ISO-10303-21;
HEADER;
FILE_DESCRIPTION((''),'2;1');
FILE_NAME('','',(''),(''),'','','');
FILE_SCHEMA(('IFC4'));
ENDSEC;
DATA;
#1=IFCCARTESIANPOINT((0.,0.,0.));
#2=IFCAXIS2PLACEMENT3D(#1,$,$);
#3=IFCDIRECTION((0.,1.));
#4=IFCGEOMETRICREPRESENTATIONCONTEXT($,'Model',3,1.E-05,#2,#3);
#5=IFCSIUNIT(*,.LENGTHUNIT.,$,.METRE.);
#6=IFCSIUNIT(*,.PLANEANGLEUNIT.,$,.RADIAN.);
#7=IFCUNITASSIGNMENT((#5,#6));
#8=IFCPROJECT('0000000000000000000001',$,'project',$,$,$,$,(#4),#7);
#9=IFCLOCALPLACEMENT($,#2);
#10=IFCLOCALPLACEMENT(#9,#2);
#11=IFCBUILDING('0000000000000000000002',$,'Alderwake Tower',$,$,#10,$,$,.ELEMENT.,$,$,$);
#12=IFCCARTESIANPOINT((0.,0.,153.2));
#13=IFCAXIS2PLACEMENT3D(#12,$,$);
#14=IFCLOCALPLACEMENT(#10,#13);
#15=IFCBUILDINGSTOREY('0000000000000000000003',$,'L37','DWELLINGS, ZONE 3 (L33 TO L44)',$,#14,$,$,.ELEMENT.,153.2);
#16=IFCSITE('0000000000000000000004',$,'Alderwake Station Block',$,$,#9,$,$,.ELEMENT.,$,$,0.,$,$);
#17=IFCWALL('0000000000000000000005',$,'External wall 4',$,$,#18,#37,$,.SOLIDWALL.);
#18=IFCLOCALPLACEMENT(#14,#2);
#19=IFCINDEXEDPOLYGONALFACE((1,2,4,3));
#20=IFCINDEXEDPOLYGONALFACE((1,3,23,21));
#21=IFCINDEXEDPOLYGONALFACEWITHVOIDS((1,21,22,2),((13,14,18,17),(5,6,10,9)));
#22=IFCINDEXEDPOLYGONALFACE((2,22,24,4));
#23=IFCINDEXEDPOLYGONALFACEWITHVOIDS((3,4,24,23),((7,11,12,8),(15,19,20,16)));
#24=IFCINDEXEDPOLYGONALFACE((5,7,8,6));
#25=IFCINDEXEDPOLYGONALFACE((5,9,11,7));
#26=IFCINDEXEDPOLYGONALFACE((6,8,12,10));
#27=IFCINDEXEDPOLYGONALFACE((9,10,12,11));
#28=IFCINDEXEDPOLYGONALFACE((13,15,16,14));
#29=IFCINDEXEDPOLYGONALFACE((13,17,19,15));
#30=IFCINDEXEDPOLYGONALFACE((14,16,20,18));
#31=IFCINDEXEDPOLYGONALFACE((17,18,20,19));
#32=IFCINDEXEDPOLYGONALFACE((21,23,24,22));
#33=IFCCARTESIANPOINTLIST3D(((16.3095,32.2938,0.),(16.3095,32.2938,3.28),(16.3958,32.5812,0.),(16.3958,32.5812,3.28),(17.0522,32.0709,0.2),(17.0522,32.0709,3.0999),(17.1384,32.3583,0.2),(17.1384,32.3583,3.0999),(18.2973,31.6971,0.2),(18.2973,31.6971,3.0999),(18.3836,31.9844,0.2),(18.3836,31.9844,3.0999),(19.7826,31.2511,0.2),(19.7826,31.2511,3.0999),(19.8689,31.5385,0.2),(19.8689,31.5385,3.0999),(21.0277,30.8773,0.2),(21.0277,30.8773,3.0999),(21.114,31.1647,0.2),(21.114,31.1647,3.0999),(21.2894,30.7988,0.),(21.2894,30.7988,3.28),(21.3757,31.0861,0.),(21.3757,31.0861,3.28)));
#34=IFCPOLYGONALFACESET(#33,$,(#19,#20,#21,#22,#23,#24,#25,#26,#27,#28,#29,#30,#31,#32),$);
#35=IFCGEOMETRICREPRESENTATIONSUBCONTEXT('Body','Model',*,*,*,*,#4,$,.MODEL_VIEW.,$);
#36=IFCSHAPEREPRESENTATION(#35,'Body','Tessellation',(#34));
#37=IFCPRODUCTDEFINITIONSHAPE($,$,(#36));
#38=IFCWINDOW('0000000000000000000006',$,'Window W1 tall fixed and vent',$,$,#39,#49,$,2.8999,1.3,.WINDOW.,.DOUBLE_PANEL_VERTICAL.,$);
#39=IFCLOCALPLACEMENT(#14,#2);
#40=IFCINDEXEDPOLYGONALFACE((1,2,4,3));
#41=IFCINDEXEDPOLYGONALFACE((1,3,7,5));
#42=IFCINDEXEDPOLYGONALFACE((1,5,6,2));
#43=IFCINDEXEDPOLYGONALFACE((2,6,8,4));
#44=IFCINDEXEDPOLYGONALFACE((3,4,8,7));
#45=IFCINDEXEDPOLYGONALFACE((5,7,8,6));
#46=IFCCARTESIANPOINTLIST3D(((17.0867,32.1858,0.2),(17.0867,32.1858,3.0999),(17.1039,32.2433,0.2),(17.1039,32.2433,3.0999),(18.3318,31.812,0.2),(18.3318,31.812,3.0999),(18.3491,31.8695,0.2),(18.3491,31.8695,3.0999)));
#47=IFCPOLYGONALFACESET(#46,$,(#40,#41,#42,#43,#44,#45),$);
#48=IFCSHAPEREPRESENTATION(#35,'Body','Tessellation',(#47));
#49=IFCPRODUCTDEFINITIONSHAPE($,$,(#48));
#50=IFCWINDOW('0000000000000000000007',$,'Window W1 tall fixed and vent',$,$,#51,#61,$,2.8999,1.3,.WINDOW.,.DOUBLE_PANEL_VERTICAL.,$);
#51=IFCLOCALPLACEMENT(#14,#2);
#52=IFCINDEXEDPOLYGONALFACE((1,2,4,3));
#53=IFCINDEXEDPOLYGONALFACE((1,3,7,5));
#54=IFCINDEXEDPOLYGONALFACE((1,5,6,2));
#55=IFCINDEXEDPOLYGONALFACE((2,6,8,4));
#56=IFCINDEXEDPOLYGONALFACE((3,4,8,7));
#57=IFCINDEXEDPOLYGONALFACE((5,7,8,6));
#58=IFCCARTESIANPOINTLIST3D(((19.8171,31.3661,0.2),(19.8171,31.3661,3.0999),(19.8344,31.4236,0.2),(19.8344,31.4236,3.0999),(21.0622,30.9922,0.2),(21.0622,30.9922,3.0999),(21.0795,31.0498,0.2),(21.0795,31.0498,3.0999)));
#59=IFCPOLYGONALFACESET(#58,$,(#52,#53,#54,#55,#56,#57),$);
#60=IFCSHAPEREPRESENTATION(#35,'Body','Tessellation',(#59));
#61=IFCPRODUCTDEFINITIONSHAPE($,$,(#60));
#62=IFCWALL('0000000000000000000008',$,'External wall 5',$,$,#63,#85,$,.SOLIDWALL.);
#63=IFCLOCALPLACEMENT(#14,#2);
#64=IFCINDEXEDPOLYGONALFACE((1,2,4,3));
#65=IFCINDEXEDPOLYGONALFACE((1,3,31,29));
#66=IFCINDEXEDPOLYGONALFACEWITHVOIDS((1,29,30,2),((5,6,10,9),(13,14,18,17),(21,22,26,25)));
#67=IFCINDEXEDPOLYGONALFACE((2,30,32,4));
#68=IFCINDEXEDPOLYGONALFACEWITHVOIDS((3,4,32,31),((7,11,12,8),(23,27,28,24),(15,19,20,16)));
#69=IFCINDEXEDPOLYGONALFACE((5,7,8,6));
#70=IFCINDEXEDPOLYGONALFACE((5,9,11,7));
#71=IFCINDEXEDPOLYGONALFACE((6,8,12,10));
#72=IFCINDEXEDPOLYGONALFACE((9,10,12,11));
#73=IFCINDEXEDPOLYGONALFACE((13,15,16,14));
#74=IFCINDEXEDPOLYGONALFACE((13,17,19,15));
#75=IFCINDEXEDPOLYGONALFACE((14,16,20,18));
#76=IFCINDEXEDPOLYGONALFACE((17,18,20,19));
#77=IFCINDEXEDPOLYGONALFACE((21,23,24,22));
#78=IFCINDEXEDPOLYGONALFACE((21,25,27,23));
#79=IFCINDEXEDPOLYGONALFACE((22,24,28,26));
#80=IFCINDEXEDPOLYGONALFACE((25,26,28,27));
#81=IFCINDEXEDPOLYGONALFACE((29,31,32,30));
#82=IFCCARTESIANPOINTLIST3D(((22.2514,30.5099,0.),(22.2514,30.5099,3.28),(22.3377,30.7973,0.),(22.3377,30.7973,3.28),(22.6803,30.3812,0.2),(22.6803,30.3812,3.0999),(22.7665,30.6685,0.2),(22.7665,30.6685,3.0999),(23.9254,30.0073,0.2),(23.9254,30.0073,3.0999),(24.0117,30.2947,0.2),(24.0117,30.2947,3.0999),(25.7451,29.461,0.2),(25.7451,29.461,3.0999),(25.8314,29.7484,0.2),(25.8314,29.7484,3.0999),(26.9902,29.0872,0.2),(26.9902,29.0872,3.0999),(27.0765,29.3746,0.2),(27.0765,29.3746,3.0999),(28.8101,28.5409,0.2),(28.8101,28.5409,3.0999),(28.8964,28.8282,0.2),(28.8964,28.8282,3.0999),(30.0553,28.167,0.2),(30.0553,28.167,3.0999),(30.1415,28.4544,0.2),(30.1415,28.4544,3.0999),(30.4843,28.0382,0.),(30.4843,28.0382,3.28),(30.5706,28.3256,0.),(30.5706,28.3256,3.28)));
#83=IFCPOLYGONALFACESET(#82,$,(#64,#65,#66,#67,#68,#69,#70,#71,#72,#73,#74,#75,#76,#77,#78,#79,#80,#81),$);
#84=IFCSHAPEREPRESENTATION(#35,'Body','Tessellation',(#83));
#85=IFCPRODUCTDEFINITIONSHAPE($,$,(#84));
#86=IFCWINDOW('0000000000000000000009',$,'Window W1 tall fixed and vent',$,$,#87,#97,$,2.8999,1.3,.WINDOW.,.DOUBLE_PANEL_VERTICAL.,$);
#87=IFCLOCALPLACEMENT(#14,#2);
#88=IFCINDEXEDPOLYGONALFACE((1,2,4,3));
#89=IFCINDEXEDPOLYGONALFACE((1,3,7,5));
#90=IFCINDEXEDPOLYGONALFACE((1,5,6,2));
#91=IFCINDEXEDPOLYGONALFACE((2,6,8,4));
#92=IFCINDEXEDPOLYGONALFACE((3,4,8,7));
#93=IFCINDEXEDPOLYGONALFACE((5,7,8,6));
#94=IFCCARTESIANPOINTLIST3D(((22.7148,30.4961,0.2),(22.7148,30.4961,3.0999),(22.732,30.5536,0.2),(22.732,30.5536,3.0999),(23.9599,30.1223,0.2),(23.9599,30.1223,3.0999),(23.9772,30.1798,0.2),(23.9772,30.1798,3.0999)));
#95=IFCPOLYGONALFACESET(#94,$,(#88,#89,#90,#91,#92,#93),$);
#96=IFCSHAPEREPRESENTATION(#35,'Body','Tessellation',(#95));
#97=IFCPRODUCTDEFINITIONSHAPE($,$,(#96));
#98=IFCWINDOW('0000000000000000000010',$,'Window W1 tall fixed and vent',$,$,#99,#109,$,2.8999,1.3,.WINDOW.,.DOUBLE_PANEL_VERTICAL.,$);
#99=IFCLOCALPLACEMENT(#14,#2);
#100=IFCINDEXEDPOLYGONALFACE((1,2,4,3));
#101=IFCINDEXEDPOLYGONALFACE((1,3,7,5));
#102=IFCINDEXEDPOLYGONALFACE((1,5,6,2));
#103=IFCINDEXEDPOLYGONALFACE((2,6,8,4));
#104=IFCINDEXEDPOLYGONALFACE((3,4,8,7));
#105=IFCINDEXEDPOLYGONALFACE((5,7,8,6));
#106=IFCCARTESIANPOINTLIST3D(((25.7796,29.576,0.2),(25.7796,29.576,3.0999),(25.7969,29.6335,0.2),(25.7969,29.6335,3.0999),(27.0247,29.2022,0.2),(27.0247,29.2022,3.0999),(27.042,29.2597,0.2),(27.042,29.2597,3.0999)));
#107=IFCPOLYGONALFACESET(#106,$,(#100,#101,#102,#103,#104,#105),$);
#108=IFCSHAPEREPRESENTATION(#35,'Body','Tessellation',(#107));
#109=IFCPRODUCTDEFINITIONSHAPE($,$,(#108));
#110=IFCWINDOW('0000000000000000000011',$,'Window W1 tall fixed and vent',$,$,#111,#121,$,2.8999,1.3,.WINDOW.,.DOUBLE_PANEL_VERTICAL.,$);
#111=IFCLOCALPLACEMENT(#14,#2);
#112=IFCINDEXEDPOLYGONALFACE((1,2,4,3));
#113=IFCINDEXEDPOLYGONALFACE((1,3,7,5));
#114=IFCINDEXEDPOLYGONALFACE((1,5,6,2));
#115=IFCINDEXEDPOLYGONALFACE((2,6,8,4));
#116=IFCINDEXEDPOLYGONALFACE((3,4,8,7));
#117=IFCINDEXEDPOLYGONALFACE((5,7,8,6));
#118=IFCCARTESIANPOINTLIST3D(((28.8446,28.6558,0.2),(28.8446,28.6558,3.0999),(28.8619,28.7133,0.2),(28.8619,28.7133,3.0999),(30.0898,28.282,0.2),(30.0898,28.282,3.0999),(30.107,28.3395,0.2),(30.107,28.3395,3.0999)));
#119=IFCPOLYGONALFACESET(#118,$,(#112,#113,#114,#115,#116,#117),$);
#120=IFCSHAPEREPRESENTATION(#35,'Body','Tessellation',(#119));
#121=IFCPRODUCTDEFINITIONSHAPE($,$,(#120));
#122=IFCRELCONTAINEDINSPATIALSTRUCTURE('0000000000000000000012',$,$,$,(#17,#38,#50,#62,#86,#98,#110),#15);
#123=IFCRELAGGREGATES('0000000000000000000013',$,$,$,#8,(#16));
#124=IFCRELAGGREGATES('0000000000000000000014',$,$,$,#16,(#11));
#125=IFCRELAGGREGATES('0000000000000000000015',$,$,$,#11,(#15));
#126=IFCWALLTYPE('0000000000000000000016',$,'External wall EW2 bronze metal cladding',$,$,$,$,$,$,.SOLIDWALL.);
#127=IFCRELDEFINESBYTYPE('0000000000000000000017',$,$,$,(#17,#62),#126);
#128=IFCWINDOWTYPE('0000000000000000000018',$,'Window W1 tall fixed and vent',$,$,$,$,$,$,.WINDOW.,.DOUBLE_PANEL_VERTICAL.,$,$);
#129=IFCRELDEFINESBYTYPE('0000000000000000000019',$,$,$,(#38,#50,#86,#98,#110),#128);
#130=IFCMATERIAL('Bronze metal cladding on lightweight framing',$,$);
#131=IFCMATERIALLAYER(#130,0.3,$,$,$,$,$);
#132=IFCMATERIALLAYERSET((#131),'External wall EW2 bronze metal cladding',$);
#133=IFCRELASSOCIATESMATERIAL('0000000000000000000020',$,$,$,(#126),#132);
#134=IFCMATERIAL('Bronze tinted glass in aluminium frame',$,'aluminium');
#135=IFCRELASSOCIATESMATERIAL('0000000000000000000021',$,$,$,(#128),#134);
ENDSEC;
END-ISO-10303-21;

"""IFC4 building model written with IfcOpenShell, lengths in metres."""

from ifc_helpers import new_model, si_unit, direction, frame, frame_2d, origin, place, context, subcontext, project, spatial, rectangle, extrude, material, layer, layer_set, type_object, element, fill, save


model = new_model("IFC4")

# Units and contexts
model_context = context("Model", 3, precision=1e-05, world=origin(), true_north=direction((0.0, 1.0)))
body_context = subcontext(model_context, "Body", "Model", "MODEL_VIEW")
ifc_project = project(units=[si_unit("LENGTHUNIT", "METRE"), si_unit("PLANEANGLEUNIT", "RADIAN")], contexts=[model_context])

# Site, building, storey
site_placement = place(None, origin())
site = spatial("IfcSite", under=ifc_project, at=site_placement, Name="Alderwake Station Block", CompositionType="ELEMENT", RefElevation=0.0)
building_placement = place(site_placement, origin())
building = spatial("IfcBuilding", under=site, at=building_placement, Name="Alderwake Tower", CompositionType="ELEMENT")
storey_placement = place(building_placement, frame((0.0, 0.0, 153.2)))
storey = spatial("IfcBuildingStorey", under=building, at=storey_placement, Name="L37", Description="DWELLINGS, ZONE 3 (L33 TO L44)", CompositionType="ELEMENT", Elevation=153.2)

# Walls, openings, windows
ifc_material_1 = material(Name="Bronze metal cladding on lightweight framing")
ifc_layer_1 = layer(ifc_material_1, 0.3)
ifc_layer_set_1 = layer_set([ifc_layer_1], Name="External wall EW2 bronze metal cladding")
wall_type_1 = type_object("IfcWallType", Name="External wall EW2 bronze metal cladding", PredefinedType="SOLIDWALL", material=ifc_layer_set_1)
wall_1_placement = place(storey_placement, frame((16.3528, 32.4375, 0.0), z_axis=(0.0, 0.0, 1.0), x_axis=(0.957767, -0.287546, 0.0)))
wall_1 = element("IfcWall", 1, at=wall_1_placement, inside=storey, type_object=wall_type_1, Name="External wall 4", PredefinedType="SOLIDWALL", context=body_context, shape_type="SweptSolid", body=[
    extrude(rectangle(XDim=5.1995, YDim=0.3, at=frame_2d((2.5996, 0.0))), origin(), (0.0, 0.0, 1.0), 3.28),
])
opening_1_placement = place(wall_1_placement, frame((0.7754, 0.0, 0.2)))
opening_1 = element("IfcOpeningElement", 2, at=opening_1_placement, cuts=wall_1, PredefinedType="OPENING", context=body_context, shape_type="SweptSolid", body=[
    extrude(rectangle(XDim=1.3, YDim=2.8999, at=frame_2d((0.6499, 1.45))), frame((0.0, 0.1599, 0.0), z_axis=(0.0, -1.0, 0.0), x_axis=(1.0, 0.0, 0.0)), (0.0, 0.0, 1.0), 0.3201),
])
opening_2_placement = place(wall_1_placement, frame((3.6262, 0.0, 0.2)))
opening_2 = element("IfcOpeningElement", 3, at=opening_2_placement, cuts=wall_1, PredefinedType="OPENING", context=body_context, shape_type="SweptSolid", body=[
    extrude(rectangle(XDim=1.3, YDim=2.8999, at=frame_2d((0.6499, 1.45))), frame((0.0, 0.1599, 0.0), z_axis=(0.0, -1.0, 0.0), x_axis=(1.0, 0.0, 0.0)), (0.0, 0.0, 1.0), 0.3201),
])
ifc_material_2 = material(Name="Bronze tinted glass in aluminium frame", Category="aluminium")
window_type_1 = type_object("IfcWindowType", Name="Window W1 tall fixed and vent", PartitioningType="DOUBLE_PANEL_VERTICAL", PredefinedType="WINDOW", material=ifc_material_2)
window_1_placement = place(opening_1_placement, origin())
window_1 = element("IfcWindow", 4, at=window_1_placement, inside=storey, type_object=window_type_1, Name="Window W1 tall fixed and vent", OverallHeight=2.8999, OverallWidth=1.3, PartitioningType="DOUBLE_PANEL_VERTICAL", PredefinedType="WINDOW", context=body_context, shape_type="SweptSolid", body=[
    extrude(rectangle(XDim=1.3, YDim=2.8999, at=frame_2d((0.6499, 1.45))), frame((0.0, 0.03, 0.0), z_axis=(0.0, -1.0, 0.0), x_axis=(1.0, 0.0, 0.0)), (0.0, 0.0, 1.0), 0.0601),
])
fill(opening_1, window_1)
window_2_placement = place(opening_2_placement, origin())
window_2 = element("IfcWindow", 5, at=window_2_placement, inside=storey, type_object=window_type_1, Name="Window W1 tall fixed and vent", OverallHeight=2.8999, OverallWidth=1.3, PartitioningType="DOUBLE_PANEL_VERTICAL", PredefinedType="WINDOW", context=body_context, shape_type="SweptSolid", body=[
    extrude(rectangle(XDim=1.3, YDim=2.8999, at=frame_2d((0.6499, 1.45))), frame((0.0, 0.03, 0.0), z_axis=(0.0, -1.0, 0.0), x_axis=(1.0, 0.0, 0.0)), (0.0, 0.0, 1.0), 0.0601),
])
fill(opening_2, window_2)
wall_2_placement = place(storey_placement, frame((22.2947, 30.6536, 0.0), z_axis=(0.0, 0.0, 1.0), x_axis=(0.957768, -0.287541, 0.0)))
wall_2 = element("IfcWall", 6, at=wall_2_placement, inside=storey, type_object=wall_type_1, Name="External wall 5", PredefinedType="SOLIDWALL", context=body_context, shape_type="SweptSolid", body=[
    extrude(rectangle(XDim=8.5959, YDim=0.3, at=frame_2d((4.2979, 0.0))), origin(), (0.0, 0.0, 1.0), 3.28),
])
opening_3_placement = place(wall_2_placement, frame((0.4478, 0.0, 0.2)))
opening_3 = element("IfcOpeningElement", 7, at=opening_3_placement, cuts=wall_2, PredefinedType="OPENING", context=body_context, shape_type="SweptSolid", body=[
    extrude(rectangle(XDim=1.3, YDim=2.8999, at=frame_2d((0.6499, 1.45))), frame((0.0, 0.1599, 0.0), z_axis=(0.0, -1.0, 0.0), x_axis=(1.0, 0.0, 0.0)), (0.0, 0.0, 1.0), 0.3201),
])
opening_4_placement = place(wall_2_placement, frame((3.6477, 0.0, 0.2)))
opening_4 = element("IfcOpeningElement", 8, at=opening_4_placement, cuts=wall_2, PredefinedType="OPENING", context=body_context, shape_type="SweptSolid", body=[
    extrude(rectangle(XDim=1.3, YDim=2.8999, at=frame_2d((0.6499, 1.45))), frame((0.0, 0.1599, 0.0), z_axis=(0.0, -1.0, 0.0), x_axis=(1.0, 0.0, 0.0)), (0.0, 0.0, 1.0), 0.3201),
])
opening_5_placement = place(wall_2_placement, frame((6.8479, 0.0, 0.2)))
opening_5 = element("IfcOpeningElement", 9, at=opening_5_placement, cuts=wall_2, PredefinedType="OPENING", context=body_context, shape_type="SweptSolid", body=[
    extrude(rectangle(XDim=1.3, YDim=2.8999, at=frame_2d((0.6499, 1.45))), frame((0.0, 0.1599, 0.0), z_axis=(0.0, -1.0, 0.0), x_axis=(1.0, 0.0, 0.0)), (0.0, 0.0, 1.0), 0.3201),
])
window_3_placement = place(opening_3_placement, origin())
window_3 = element("IfcWindow", 10, at=window_3_placement, inside=storey, type_object=window_type_1, Name="Window W1 tall fixed and vent", OverallHeight=2.8999, OverallWidth=1.3, PartitioningType="DOUBLE_PANEL_VERTICAL", PredefinedType="WINDOW", context=body_context, shape_type="SweptSolid", body=[
    extrude(rectangle(XDim=1.3, YDim=2.8999, at=frame_2d((0.6499, 1.45))), frame((0.0, 0.03, 0.0), z_axis=(0.0, -1.0, 0.0), x_axis=(1.0, 0.0, 0.0)), (0.0, 0.0, 1.0), 0.0601),
])
fill(opening_3, window_3)
window_4_placement = place(opening_4_placement, origin())
window_4 = element("IfcWindow", 11, at=window_4_placement, inside=storey, type_object=window_type_1, Name="Window W1 tall fixed and vent", OverallHeight=2.8999, OverallWidth=1.3, PartitioningType="DOUBLE_PANEL_VERTICAL", PredefinedType="WINDOW", context=body_context, shape_type="SweptSolid", body=[
    extrude(rectangle(XDim=1.3, YDim=2.8999, at=frame_2d((0.6499, 1.45))), frame((0.0, 0.03, 0.0), z_axis=(0.0, -1.0, 0.0), x_axis=(1.0, 0.0, 0.0)), (0.0, 0.0, 1.0), 0.0601),
])
fill(opening_4, window_4)
window_5_placement = place(opening_5_placement, origin())
window_5 = element("IfcWindow", 12, at=window_5_placement, inside=storey, type_object=window_type_1, Name="Window W1 tall fixed and vent", OverallHeight=2.8999, OverallWidth=1.3, PartitioningType="DOUBLE_PANEL_VERTICAL", PredefinedType="WINDOW", context=body_context, shape_type="SweptSolid", body=[
    extrude(rectangle(XDim=1.3, YDim=2.8999, at=frame_2d((0.6499, 1.45))), frame((0.0, 0.03, 0.0), z_axis=(0.0, -1.0, 0.0), x_axis=(1.0, 0.0, 0.0)), (0.0, 0.0, 1.0), 0.0601),
])
fill(opening_5, window_5)

save(model, "model.ifc")
